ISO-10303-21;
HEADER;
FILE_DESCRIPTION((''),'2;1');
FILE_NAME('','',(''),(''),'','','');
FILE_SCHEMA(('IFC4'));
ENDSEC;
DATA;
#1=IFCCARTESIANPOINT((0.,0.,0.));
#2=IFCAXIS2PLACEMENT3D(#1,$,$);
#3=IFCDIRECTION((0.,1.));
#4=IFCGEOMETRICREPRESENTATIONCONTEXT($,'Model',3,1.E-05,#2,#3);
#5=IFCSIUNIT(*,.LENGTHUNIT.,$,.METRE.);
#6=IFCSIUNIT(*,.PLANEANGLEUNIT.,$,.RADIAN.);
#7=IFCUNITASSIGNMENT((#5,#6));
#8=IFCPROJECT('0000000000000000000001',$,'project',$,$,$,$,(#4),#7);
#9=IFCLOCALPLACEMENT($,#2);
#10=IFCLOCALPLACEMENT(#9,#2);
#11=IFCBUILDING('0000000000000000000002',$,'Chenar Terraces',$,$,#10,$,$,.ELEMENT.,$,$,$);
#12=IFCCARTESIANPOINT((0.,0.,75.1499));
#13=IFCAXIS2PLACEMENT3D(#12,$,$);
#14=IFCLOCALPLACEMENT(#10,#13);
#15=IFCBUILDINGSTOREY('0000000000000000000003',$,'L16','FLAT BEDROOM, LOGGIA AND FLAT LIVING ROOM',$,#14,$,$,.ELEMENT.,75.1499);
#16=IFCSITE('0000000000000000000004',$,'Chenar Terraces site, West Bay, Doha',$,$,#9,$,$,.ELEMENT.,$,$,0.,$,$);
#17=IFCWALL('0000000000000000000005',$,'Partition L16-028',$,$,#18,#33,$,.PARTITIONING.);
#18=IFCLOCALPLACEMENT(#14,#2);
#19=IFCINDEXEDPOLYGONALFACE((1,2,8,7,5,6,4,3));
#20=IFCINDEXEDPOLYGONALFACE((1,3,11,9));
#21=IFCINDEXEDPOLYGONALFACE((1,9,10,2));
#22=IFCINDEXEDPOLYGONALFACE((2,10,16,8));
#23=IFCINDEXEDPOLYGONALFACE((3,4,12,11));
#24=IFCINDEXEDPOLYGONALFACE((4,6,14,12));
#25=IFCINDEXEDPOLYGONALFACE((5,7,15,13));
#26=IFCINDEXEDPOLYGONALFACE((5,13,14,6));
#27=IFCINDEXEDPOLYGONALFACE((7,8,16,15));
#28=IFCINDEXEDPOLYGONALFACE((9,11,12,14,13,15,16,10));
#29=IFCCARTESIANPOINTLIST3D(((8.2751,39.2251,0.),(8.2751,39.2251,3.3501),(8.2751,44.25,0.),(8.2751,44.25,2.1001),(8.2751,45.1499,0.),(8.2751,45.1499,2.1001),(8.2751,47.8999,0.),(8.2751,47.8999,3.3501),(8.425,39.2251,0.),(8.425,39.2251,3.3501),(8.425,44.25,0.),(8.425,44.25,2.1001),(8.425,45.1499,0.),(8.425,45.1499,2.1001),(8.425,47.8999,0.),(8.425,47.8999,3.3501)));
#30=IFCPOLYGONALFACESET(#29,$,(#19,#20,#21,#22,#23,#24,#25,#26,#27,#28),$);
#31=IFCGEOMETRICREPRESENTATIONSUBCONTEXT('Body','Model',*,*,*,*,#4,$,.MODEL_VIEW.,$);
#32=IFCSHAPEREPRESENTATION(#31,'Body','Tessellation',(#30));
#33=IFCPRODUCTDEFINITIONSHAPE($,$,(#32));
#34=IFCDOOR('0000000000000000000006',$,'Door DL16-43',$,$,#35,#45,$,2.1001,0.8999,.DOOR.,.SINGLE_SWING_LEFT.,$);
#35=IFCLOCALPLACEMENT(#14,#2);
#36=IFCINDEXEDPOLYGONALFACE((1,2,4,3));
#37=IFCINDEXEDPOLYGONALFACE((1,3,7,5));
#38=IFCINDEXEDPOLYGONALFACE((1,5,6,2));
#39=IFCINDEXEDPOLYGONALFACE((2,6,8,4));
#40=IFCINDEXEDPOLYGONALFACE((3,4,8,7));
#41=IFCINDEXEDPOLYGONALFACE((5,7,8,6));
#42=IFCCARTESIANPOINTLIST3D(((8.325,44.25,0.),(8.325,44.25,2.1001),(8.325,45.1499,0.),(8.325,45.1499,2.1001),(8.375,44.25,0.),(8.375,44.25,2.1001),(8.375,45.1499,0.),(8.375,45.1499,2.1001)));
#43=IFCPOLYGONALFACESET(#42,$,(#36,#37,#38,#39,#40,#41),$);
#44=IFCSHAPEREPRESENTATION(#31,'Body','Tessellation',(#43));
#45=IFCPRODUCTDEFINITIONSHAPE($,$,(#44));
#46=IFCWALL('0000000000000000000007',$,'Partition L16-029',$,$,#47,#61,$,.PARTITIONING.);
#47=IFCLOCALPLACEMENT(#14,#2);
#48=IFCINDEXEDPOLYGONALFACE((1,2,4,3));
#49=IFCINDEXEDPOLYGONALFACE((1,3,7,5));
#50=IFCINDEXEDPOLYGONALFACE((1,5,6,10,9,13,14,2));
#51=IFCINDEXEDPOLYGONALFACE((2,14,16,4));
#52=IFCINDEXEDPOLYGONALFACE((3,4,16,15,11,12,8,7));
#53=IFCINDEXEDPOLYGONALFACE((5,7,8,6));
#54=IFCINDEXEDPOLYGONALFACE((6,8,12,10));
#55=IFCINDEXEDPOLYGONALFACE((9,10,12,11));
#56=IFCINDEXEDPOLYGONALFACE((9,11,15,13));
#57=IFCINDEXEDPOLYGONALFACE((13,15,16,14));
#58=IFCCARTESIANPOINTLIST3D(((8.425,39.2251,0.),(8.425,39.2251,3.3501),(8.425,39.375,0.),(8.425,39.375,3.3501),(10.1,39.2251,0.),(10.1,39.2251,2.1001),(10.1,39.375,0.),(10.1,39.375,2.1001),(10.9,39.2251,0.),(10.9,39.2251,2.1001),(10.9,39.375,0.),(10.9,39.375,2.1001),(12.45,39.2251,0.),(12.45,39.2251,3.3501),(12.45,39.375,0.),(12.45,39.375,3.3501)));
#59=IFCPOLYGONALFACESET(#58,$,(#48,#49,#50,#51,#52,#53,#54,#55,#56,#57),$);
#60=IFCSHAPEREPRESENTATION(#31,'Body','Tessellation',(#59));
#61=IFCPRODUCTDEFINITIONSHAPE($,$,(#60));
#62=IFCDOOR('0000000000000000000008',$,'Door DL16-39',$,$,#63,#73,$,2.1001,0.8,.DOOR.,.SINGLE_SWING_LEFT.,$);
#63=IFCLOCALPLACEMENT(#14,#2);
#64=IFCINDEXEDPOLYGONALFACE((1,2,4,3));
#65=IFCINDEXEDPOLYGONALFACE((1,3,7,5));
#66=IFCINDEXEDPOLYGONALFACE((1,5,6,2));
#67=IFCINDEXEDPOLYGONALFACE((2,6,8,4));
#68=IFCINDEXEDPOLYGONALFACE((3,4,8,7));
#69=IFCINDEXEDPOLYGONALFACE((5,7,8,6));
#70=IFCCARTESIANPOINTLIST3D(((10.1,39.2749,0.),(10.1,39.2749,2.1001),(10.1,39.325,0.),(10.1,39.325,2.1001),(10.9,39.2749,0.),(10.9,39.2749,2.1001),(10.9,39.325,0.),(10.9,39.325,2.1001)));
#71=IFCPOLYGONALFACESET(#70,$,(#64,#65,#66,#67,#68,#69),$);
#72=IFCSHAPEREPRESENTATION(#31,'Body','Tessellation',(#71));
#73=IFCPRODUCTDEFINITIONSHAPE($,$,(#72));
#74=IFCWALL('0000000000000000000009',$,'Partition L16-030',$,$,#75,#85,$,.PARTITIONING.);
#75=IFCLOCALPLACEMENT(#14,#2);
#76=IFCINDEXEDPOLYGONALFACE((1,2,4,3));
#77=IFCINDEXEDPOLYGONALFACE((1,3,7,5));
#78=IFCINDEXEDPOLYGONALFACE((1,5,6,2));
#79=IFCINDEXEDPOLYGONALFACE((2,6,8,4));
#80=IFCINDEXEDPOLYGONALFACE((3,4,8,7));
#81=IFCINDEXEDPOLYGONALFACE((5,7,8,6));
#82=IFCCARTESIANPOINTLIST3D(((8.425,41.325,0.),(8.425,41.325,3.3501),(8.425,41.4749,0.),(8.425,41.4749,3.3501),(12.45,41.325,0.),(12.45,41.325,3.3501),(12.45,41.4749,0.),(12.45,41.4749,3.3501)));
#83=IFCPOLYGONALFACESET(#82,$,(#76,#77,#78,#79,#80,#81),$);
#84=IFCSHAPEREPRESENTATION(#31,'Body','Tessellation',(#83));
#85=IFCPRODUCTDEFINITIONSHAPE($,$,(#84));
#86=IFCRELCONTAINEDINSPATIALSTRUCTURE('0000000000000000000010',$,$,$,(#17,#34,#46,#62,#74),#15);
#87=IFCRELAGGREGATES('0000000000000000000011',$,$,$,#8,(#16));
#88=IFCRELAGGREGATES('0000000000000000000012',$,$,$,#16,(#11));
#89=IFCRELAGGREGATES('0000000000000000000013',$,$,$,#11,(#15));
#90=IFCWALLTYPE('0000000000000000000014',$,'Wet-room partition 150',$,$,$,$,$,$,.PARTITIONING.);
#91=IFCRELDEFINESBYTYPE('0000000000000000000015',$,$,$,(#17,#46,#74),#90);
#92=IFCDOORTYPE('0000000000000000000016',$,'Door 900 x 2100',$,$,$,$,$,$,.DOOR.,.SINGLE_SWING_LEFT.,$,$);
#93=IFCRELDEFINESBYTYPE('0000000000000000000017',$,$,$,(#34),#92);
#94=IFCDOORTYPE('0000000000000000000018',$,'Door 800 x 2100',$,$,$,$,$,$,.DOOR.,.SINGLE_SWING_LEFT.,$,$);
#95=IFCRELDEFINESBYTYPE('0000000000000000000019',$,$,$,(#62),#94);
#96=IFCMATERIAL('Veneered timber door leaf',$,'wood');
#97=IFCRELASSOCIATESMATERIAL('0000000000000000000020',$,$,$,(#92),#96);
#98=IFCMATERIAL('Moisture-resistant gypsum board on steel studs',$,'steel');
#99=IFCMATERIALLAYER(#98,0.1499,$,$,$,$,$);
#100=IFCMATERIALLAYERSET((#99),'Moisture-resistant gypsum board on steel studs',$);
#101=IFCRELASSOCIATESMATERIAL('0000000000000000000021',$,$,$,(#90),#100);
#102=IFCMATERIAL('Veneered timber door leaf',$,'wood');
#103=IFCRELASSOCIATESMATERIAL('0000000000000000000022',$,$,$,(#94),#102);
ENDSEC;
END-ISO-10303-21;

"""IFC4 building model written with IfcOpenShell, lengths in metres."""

from ifc_helpers import new_model, si_unit, direction, frame, frame_2d, origin, place, context, subcontext, project, spatial, rectangle, extrude, material, layer, layer_set, type_object, element, fill, save


model = new_model("IFC4")

# Units and contexts
model_context = context("Model", 3, precision=1e-05, world=origin(), true_north=direction((0.0, 1.0)))
body_context = subcontext(model_context, "Body", "Model", "MODEL_VIEW")
ifc_project = project(units=[si_unit("LENGTHUNIT", "METRE"), si_unit("PLANEANGLEUNIT", "RADIAN")], contexts=[model_context])

# Site, building, storey
site_placement = place(None, origin())
site = spatial("IfcSite", under=ifc_project, at=site_placement, Name="Chenar Terraces site, West Bay, Doha", CompositionType="ELEMENT", RefElevation=0.0)
building_placement = place(site_placement, origin())
building = spatial("IfcBuilding", under=site, at=building_placement, Name="Chenar Terraces", CompositionType="ELEMENT")
storey_placement = place(building_placement, frame((0.0, 0.0, 75.1499)))
storey = spatial("IfcBuildingStorey", under=building, at=storey_placement, Name="L16", Description="FLAT BEDROOM, LOGGIA AND FLAT LIVING ROOM", CompositionType="ELEMENT", Elevation=75.1499)

# Shared definitions
ifc_material_1 = material(Name="Veneered timber door leaf", Category="wood")
door_type_1 = type_object("IfcDoorType", Name="Door 900 x 2100", OperationType="SINGLE_SWING_LEFT", PredefinedType="DOOR", material=ifc_material_1)

# Walls, openings, doors
ifc_material_2 = material(Name="Moisture-resistant gypsum board on steel studs", Category="steel")
ifc_layer_1 = layer(ifc_material_2, 0.1499)
ifc_layer_set_1 = layer_set([ifc_layer_1], Name="Moisture-resistant gypsum board on steel studs")
wall_type_1 = type_object("IfcWallType", Name="Wet-room partition 150", PredefinedType="PARTITIONING", material=ifc_layer_set_1)
wall_1_placement = place(storey_placement, frame((8.3501, 39.2251, 0.0), z_axis=(0.0, 0.0, 1.0), x_axis=(0.0, 1.0, 0.0)))
wall_1 = element("IfcWall", 1, at=wall_1_placement, inside=storey, type_object=wall_type_1, Name="Partition L16-028", PredefinedType="PARTITIONING", context=body_context, shape_type="SweptSolid", body=[
    extrude(rectangle(XDim=8.6748, YDim=0.1499, at=frame_2d((4.3374, 0.0))), origin(), (0.0, 0.0, 1.0), 3.3501),
])
opening_1_placement = place(wall_1_placement, frame((5.0249, 0.0, 0.0)))
opening_1 = element("IfcOpeningElement", 2, at=opening_1_placement, cuts=wall_1, PredefinedType="OPENING", context=body_context, shape_type="SweptSolid", body=[
    extrude(rectangle(XDim=0.8999, YDim=2.1001, at=frame_2d((0.45, 1.05))), frame((0.0, 0.085, 0.0), z_axis=(0.0, -1.0, 0.0), x_axis=(1.0, 0.0, 0.0)), (0.0, 0.0, 1.0), 0.1699),
])
door_1_placement = place(opening_1_placement, frame((0.8999, 0.0, 0.0), z_axis=(0.0, 0.0, 1.0), x_axis=(-1.0, 0.0, 0.0)))
door_1 = element("IfcDoor", 3, at=door_1_placement, inside=storey, type_object=door_type_1, Name="Door DL16-43", OperationType="SINGLE_SWING_LEFT", OverallHeight=2.1001, OverallWidth=0.8999, PredefinedType="DOOR", context=body_context, shape_type="SweptSolid", body=[
    extrude(rectangle(XDim=0.8999, YDim=2.1001, at=frame_2d((0.45, 1.05))), frame((0.0, 0.0249, 0.0), z_axis=(0.0, -1.0, 0.0), x_axis=(1.0, 0.0, 0.0)), (0.0, 0.0, 1.0), 0.05),
])
fill(opening_1, door_1)
wall_2_placement = place(storey_placement, frame((8.425, 39.3, 0.0), z_axis=(0.0, 0.0, 1.0), x_axis=(1.0, 0.0, 0.0)))
wall_2 = element("IfcWall", 4, at=wall_2_placement, inside=storey, type_object=wall_type_1, Name="Partition L16-029", PredefinedType="PARTITIONING", context=body_context, shape_type="SweptSolid", body=[
    extrude(rectangle(XDim=4.0249, YDim=0.1499, at=frame_2d((2.0125, 0.0))), origin(), (0.0, 0.0, 1.0), 3.3501),
])
opening_2_placement = place(wall_2_placement, frame((1.675, 0.0, 0.0)))
opening_2 = element("IfcOpeningElement", 5, at=opening_2_placement, cuts=wall_2, PredefinedType="OPENING", context=body_context, shape_type="SweptSolid", body=[
    extrude(rectangle(XDim=0.8, YDim=2.1001, at=frame_2d((0.3999, 1.05))), frame((0.0, 0.085, 0.0), z_axis=(0.0, -1.0, 0.0), x_axis=(1.0, 0.0, 0.0)), (0.0, 0.0, 1.0), 0.1699),
])
ifc_material_3 = material(Name="Veneered timber door leaf", Category="wood")
door_type_2 = type_object("IfcDoorType", Name="Door 800 x 2100", OperationType="SINGLE_SWING_LEFT", PredefinedType="DOOR", material=ifc_material_3)
door_2_placement = place(opening_2_placement, origin())
door_2 = element("IfcDoor", 6, at=door_2_placement, inside=storey, type_object=door_type_2, Name="Door DL16-39", OperationType="SINGLE_SWING_LEFT", OverallHeight=2.1001, OverallWidth=0.8, PredefinedType="DOOR", context=body_context, shape_type="SweptSolid", body=[
    extrude(rectangle(XDim=0.8, YDim=2.1001, at=frame_2d((0.3999, 1.05))), frame((0.0, 0.0249, 0.0), z_axis=(0.0, -1.0, 0.0), x_axis=(1.0, 0.0, 0.0)), (0.0, 0.0, 1.0), 0.05),
])
fill(opening_2, door_2)

# Wall
wall_3_placement = place(storey_placement, frame((8.425, 41.3999, 0.0), z_axis=(0.0, 0.0, 1.0), x_axis=(1.0, 0.0, 0.0)))
element("IfcWall", 7, at=wall_3_placement, inside=storey, type_object=wall_type_1, Name="Partition L16-030", PredefinedType="PARTITIONING", context=body_context, shape_type="SweptSolid", body=[
    extrude(rectangle(XDim=4.0249, YDim=0.1499, at=frame_2d((2.0125, 0.0))), origin(), (0.0, 0.0, 1.0), 3.3501),
])

save(model, "model.ifc")
